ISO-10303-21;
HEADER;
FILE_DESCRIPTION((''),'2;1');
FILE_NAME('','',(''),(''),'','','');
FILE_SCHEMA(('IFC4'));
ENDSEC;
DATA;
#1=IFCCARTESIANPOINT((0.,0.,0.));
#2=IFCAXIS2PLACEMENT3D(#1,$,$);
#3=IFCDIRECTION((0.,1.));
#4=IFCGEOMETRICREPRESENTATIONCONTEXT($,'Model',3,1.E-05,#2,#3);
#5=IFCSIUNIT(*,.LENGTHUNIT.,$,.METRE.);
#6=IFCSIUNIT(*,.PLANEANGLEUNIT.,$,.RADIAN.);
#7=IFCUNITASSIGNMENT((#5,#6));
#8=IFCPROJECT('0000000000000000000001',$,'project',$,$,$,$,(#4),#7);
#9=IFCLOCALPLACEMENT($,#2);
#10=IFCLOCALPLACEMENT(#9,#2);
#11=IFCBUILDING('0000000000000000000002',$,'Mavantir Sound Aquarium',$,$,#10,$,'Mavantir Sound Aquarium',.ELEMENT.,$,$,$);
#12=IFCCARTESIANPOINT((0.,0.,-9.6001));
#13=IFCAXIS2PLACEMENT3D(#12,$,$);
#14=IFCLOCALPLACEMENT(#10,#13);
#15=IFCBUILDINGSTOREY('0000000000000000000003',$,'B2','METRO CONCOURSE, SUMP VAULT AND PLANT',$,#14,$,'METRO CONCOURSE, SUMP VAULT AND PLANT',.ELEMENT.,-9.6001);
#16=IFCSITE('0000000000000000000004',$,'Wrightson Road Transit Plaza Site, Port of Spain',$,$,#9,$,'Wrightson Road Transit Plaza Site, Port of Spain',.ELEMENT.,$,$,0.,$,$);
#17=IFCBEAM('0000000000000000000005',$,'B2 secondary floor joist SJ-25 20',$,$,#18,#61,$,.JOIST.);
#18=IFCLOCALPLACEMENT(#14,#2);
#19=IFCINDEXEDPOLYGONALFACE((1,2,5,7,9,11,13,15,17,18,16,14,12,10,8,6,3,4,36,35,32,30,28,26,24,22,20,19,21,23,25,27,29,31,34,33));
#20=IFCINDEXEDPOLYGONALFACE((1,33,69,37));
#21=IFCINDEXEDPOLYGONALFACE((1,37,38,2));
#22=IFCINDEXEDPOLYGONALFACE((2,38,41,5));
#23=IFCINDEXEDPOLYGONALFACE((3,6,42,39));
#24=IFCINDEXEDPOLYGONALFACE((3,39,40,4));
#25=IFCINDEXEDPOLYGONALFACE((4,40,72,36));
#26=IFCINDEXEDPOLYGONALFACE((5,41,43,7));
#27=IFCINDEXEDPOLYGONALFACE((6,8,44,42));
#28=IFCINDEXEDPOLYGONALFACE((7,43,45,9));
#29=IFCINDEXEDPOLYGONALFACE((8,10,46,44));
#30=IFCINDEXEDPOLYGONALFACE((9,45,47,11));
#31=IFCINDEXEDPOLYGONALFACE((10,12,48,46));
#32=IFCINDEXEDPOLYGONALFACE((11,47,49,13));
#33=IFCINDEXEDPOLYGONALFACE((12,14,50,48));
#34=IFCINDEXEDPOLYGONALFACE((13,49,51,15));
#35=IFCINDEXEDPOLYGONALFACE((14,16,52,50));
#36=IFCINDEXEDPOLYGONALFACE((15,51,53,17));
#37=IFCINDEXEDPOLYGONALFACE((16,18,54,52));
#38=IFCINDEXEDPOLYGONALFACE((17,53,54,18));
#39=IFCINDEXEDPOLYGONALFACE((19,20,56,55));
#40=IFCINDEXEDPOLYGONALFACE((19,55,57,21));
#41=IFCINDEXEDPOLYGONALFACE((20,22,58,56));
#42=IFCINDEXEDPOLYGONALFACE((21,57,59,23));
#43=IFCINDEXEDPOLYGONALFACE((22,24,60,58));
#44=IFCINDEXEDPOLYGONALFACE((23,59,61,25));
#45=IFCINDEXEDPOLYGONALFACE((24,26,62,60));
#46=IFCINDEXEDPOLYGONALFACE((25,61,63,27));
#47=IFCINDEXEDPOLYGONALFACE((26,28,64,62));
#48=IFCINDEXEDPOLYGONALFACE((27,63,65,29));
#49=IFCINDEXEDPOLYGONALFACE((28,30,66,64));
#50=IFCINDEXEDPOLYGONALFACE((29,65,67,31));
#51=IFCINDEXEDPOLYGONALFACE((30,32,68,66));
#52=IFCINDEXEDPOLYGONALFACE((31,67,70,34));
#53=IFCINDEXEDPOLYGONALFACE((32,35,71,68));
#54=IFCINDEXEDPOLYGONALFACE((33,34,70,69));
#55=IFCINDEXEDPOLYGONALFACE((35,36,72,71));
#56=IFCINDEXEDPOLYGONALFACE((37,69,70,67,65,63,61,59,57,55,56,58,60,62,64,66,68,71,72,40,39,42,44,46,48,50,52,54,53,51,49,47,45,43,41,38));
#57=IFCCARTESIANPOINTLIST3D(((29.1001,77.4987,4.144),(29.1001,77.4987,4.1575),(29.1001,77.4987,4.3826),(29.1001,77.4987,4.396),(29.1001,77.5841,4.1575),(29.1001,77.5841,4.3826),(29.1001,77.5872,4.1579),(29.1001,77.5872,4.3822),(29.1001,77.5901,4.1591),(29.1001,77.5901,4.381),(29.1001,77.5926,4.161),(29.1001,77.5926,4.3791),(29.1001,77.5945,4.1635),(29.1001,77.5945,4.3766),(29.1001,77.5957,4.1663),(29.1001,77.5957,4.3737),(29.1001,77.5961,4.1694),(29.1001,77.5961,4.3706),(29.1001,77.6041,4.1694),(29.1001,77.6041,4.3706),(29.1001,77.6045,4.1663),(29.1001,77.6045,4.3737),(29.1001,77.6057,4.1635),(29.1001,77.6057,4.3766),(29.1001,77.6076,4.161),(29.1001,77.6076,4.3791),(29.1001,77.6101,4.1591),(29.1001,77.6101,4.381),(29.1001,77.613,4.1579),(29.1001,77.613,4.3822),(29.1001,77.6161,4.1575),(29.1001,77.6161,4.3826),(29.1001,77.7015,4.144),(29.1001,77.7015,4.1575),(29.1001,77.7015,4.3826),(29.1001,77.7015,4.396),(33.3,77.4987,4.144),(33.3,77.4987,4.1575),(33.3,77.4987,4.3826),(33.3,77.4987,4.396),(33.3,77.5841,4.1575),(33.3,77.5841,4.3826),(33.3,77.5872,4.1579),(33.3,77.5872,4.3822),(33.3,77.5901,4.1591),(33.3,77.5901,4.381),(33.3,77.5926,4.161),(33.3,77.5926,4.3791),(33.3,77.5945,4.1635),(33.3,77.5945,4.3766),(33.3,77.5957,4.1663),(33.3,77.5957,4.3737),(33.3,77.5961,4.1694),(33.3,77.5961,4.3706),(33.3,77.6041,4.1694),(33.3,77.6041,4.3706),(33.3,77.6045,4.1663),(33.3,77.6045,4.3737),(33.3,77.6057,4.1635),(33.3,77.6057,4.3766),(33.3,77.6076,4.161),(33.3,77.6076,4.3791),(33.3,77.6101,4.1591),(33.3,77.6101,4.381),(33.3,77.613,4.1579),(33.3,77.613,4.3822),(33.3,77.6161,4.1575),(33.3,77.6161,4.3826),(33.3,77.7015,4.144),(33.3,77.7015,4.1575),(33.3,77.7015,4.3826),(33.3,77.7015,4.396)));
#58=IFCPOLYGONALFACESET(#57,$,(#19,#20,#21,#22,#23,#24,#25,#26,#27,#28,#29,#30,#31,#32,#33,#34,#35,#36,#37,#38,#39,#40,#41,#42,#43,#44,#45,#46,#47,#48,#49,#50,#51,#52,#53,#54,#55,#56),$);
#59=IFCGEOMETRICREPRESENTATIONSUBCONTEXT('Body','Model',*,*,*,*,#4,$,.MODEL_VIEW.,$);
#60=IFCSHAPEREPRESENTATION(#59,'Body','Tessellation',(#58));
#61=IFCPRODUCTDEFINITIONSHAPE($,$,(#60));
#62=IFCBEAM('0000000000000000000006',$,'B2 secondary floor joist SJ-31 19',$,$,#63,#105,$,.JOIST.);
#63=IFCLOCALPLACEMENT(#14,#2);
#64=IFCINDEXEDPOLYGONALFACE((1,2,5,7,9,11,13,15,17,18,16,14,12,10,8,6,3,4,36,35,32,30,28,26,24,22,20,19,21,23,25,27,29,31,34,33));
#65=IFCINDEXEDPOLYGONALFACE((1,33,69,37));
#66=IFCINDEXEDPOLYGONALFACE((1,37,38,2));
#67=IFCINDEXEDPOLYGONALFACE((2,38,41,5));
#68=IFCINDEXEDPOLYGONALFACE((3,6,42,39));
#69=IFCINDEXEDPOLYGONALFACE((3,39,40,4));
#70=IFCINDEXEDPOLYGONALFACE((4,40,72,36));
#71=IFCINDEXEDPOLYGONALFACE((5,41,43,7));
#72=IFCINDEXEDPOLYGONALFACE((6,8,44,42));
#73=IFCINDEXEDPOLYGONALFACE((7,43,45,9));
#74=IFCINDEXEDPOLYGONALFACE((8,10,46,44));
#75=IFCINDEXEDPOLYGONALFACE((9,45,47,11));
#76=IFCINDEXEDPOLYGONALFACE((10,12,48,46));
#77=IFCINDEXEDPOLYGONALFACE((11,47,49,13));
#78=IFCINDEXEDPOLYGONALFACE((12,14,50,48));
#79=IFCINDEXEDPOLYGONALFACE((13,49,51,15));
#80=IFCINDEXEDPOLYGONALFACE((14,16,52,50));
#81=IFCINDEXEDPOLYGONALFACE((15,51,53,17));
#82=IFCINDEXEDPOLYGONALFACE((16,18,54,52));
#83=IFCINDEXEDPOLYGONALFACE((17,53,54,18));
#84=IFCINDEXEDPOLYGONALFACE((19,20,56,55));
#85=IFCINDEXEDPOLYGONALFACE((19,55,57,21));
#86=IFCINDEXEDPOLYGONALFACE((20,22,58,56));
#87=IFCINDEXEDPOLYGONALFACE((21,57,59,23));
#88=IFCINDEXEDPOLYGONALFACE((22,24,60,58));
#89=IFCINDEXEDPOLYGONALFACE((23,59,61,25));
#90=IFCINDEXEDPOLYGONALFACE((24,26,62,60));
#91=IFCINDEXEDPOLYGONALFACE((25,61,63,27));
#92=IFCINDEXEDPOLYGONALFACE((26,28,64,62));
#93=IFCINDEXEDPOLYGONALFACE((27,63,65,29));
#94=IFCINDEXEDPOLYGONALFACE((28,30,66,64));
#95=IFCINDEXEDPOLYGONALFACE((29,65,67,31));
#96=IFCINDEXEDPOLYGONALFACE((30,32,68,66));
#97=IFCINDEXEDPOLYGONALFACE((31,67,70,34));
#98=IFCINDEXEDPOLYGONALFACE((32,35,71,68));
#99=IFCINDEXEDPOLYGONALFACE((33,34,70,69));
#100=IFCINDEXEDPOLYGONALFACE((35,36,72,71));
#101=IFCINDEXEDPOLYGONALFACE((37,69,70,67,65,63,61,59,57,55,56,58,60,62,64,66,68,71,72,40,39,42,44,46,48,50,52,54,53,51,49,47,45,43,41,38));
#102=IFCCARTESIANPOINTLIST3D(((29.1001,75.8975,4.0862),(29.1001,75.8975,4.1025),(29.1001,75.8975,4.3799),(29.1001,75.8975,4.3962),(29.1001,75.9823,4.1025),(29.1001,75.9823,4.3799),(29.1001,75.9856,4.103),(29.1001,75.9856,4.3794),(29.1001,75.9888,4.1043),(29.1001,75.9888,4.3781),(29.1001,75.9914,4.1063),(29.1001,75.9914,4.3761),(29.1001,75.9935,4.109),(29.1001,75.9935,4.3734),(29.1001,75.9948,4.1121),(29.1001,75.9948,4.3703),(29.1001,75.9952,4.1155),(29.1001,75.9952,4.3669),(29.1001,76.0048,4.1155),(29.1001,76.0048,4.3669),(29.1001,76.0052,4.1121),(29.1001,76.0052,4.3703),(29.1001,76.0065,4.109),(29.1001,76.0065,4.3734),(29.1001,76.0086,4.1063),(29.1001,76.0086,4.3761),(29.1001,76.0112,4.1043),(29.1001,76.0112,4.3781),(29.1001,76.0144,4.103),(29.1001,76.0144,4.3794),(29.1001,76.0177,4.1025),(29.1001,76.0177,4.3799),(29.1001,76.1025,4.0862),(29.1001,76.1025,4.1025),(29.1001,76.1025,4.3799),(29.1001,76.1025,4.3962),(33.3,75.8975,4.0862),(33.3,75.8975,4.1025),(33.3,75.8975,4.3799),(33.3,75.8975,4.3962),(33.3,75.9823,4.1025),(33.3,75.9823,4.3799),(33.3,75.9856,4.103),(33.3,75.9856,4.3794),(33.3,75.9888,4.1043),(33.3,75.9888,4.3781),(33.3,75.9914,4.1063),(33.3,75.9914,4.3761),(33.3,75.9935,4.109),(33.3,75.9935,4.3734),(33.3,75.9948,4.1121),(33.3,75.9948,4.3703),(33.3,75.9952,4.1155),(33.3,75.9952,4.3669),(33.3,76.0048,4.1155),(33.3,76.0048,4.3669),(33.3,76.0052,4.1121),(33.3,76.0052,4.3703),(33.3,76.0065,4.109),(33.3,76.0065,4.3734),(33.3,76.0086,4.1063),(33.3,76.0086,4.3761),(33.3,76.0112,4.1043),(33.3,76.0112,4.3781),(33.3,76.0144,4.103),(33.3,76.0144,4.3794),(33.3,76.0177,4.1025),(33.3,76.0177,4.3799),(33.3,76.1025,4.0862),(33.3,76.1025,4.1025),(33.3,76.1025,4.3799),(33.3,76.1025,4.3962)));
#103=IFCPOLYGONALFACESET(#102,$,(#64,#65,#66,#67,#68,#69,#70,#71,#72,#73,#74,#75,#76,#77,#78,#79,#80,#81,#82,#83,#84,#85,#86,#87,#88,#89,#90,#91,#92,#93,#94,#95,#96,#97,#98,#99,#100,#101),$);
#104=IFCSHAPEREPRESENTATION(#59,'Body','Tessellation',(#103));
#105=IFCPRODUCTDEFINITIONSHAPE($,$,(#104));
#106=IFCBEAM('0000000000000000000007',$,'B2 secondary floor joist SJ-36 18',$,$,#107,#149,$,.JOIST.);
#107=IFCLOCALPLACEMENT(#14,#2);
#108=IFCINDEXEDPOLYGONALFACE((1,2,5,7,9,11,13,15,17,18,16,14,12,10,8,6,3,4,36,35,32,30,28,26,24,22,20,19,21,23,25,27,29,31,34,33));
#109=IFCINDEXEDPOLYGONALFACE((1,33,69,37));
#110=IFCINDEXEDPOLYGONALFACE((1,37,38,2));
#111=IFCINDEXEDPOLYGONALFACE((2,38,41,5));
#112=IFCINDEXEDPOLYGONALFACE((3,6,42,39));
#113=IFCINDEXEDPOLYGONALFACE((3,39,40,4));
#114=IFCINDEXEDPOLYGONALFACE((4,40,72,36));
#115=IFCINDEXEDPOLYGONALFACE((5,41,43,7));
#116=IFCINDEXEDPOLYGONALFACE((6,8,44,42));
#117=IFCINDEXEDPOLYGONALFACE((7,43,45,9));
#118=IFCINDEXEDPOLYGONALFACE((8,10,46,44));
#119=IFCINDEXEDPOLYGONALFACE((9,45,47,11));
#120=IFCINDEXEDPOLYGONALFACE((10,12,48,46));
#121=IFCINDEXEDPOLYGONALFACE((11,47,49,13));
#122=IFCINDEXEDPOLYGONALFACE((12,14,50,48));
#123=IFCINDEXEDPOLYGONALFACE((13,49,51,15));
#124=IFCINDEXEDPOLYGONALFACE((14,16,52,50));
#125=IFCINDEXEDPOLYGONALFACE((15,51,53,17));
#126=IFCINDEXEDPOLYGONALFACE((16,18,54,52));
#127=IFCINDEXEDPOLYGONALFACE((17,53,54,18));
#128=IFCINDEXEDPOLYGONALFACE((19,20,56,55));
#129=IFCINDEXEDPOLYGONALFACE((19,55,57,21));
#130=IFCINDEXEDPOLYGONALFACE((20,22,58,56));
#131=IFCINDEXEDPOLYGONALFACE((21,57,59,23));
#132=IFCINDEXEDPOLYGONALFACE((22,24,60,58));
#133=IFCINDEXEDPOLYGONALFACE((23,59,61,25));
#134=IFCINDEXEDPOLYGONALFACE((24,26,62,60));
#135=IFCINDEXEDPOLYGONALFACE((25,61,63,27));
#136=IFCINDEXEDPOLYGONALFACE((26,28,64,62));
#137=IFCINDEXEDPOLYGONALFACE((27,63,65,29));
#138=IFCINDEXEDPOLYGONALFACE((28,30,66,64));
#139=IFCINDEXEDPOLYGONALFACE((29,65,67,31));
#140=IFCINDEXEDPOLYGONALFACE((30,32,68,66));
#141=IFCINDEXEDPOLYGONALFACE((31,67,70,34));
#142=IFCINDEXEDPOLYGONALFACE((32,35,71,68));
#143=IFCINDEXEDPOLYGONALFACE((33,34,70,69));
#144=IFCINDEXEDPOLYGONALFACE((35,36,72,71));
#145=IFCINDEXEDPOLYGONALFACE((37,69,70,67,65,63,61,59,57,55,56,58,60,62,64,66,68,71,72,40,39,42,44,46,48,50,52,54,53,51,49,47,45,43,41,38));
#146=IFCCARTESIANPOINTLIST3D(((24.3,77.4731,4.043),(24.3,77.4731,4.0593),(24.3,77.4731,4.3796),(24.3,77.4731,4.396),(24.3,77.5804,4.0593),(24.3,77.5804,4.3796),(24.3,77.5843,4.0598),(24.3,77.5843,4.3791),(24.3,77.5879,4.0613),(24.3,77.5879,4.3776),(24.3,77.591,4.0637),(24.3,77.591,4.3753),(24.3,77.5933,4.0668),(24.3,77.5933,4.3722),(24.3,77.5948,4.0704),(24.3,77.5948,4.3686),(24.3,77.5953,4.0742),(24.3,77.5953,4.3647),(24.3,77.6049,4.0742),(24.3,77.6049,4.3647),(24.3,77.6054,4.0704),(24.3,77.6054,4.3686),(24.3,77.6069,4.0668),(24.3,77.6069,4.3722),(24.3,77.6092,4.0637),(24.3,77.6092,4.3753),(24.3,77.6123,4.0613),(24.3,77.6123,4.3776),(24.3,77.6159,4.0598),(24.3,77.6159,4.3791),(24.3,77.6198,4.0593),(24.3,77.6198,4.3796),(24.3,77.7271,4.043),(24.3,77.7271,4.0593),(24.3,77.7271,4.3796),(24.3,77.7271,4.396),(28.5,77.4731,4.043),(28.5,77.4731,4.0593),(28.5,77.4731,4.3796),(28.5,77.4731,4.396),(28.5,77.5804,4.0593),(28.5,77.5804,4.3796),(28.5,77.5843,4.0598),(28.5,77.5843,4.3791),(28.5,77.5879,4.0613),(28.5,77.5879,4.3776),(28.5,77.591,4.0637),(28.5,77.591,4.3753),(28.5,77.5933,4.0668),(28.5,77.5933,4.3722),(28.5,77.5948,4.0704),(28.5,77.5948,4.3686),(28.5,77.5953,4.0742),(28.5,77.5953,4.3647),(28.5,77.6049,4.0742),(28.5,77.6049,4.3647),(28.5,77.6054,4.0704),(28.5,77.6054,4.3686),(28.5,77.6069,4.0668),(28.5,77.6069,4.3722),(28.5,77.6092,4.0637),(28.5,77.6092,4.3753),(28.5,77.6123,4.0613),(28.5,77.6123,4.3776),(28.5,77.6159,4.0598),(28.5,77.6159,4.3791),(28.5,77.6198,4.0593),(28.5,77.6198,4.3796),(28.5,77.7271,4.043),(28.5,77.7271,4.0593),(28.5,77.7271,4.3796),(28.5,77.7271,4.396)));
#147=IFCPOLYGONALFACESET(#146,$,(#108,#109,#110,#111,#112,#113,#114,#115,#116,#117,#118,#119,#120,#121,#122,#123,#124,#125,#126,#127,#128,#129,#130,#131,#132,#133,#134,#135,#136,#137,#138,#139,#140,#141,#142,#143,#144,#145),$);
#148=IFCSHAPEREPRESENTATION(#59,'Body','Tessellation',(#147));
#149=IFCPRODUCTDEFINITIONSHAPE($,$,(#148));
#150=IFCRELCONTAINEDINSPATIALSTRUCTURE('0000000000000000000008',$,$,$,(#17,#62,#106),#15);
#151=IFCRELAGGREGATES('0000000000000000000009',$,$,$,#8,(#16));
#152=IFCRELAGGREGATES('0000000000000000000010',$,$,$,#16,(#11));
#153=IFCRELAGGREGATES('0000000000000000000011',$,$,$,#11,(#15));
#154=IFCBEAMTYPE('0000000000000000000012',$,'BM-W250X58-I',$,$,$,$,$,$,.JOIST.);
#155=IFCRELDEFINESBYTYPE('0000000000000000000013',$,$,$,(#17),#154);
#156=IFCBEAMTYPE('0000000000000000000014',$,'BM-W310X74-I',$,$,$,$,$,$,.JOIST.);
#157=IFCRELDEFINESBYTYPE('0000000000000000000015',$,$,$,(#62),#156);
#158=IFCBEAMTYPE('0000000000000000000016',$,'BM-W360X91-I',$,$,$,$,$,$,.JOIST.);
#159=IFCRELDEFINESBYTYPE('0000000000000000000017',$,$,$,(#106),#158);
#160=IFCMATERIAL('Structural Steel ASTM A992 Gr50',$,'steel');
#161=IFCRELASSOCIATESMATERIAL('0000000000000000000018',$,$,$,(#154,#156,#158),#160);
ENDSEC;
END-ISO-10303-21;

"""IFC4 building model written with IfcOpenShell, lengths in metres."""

from ifc_helpers import new_model, si_unit, direction, frame, origin, origin_2d, place, context, subcontext, project, spatial, i_section, extrude, material, material_profile, profile_set, type_object, element, save


model = new_model("IFC4")

# Units and contexts
model_context = context("Model", 3, precision=1e-05, world=origin(), true_north=direction((0.0, 1.0)))
body_context = subcontext(model_context, "Body", "Model", "MODEL_VIEW")
ifc_project = project(units=[si_unit("LENGTHUNIT", "METRE"), si_unit("PLANEANGLEUNIT", "RADIAN")], contexts=[model_context])

# Site, building, storey
site_placement = place(None, origin())
site = spatial("IfcSite", under=ifc_project, at=site_placement, Name="Wrightson Road Transit Plaza Site, Port of Spain", LongName="Wrightson Road Transit Plaza Site, Port of Spain", CompositionType="ELEMENT", RefElevation=0.0)
building_placement = place(site_placement, origin())
building = spatial("IfcBuilding", under=site, at=building_placement, Name="Mavantir Sound Aquarium", LongName="Mavantir Sound Aquarium", CompositionType="ELEMENT")
storey_placement = place(building_placement, frame((0.0, 0.0, -9.6001)))
storey = spatial("IfcBuildingStorey", under=building, at=storey_placement, Name="B2", Description="METRO CONCOURSE, SUMP VAULT AND PLANT", LongName="METRO CONCOURSE, SUMP VAULT AND PLANT", CompositionType="ELEMENT", Elevation=-9.6001)

# Beams
ifc_material_1 = material(Name="Structural Steel ASTM A992 Gr50", Category="steel")
ifc_material_profile_1 = material_profile(ifc_material_1, i_section(OverallWidth=0.2029, OverallDepth=0.252, WebThickness=0.0081, FlangeThickness=0.0134, FilletRadius=0.012, at=origin_2d()), Name="W250X58")
ifc_profile_set_1 = profile_set([ifc_material_profile_1], Name="Structural Steel ASTM A992 Gr50")
beam_type_1 = type_object("IfcBeamType", Name="BM-W250X58-I", PredefinedType="JOIST", material=ifc_profile_set_1)
beam_1_placement = place(storey_placement, frame((29.1001, 77.6001, 4.27), z_axis=(1.0, 0.0, 0.0), x_axis=(0.0, 1.0, 0.0)))
element("IfcBeam", 1, at=beam_1_placement, inside=storey, type_object=beam_type_1, Name="B2 secondary floor joist SJ-25 20", PredefinedType="JOIST", context=body_context, shape_type="SweptSolid", body=[
    extrude(i_section(OverallWidth=0.2029, OverallDepth=0.252, WebThickness=0.0081, FlangeThickness=0.0134, FilletRadius=0.012, at=origin_2d()), origin(), (0.0, 0.0, 1.0), 4.2),
])
ifc_material_profile_2 = material_profile(ifc_material_1, i_section(OverallWidth=0.2051, OverallDepth=0.3101, WebThickness=0.0095, FlangeThickness=0.0164, FilletRadius=0.0129, at=origin_2d()), Name="W310X74")
ifc_profile_set_2 = profile_set([ifc_material_profile_2], Name="Structural Steel ASTM A992 Gr50")
beam_type_2 = type_object("IfcBeamType", Name="BM-W310X74-I", PredefinedType="JOIST", material=ifc_profile_set_2)
beam_2_placement = place(storey_placement, frame((29.1001, 76.0, 4.2412), z_axis=(1.0, 0.0, 0.0), x_axis=(0.0, 1.0, 0.0)))
element("IfcBeam", 2, at=beam_2_placement, inside=storey, type_object=beam_type_2, Name="B2 secondary floor joist SJ-31 19", PredefinedType="JOIST", context=body_context, shape_type="SweptSolid", body=[
    extrude(i_section(OverallWidth=0.2051, OverallDepth=0.3101, WebThickness=0.0095, FlangeThickness=0.0164, FilletRadius=0.0129, at=origin_2d()), origin(), (0.0, 0.0, 1.0), 4.2),
])
ifc_material_profile_3 = material_profile(ifc_material_1, i_section(OverallWidth=0.2539, OverallDepth=0.353, WebThickness=0.0095, FlangeThickness=0.0164, FilletRadius=0.0149, at=origin_2d()), Name="W360X91")
ifc_profile_set_3 = profile_set([ifc_material_profile_3], Name="Structural Steel ASTM A992 Gr50")
beam_type_3 = type_object("IfcBeamType", Name="BM-W360X91-I", PredefinedType="JOIST", material=ifc_profile_set_3)
beam_3_placement = place(storey_placement, frame((24.3, 77.6001, 4.2195), z_axis=(1.0, 0.0, 0.0), x_axis=(0.0, 1.0, 0.0)))
element("IfcBeam", 3, at=beam_3_placement, inside=storey, type_object=beam_type_3, Name="B2 secondary floor joist SJ-36 18", PredefinedType="JOIST", context=body_context, shape_type="SweptSolid", body=[
    extrude(i_section(OverallWidth=0.2539, OverallDepth=0.353, WebThickness=0.0095, FlangeThickness=0.0164, FilletRadius=0.0149, at=origin_2d()), origin(), (0.0, 0.0, 1.0), 4.2),
])

save(model, "model.ifc")
